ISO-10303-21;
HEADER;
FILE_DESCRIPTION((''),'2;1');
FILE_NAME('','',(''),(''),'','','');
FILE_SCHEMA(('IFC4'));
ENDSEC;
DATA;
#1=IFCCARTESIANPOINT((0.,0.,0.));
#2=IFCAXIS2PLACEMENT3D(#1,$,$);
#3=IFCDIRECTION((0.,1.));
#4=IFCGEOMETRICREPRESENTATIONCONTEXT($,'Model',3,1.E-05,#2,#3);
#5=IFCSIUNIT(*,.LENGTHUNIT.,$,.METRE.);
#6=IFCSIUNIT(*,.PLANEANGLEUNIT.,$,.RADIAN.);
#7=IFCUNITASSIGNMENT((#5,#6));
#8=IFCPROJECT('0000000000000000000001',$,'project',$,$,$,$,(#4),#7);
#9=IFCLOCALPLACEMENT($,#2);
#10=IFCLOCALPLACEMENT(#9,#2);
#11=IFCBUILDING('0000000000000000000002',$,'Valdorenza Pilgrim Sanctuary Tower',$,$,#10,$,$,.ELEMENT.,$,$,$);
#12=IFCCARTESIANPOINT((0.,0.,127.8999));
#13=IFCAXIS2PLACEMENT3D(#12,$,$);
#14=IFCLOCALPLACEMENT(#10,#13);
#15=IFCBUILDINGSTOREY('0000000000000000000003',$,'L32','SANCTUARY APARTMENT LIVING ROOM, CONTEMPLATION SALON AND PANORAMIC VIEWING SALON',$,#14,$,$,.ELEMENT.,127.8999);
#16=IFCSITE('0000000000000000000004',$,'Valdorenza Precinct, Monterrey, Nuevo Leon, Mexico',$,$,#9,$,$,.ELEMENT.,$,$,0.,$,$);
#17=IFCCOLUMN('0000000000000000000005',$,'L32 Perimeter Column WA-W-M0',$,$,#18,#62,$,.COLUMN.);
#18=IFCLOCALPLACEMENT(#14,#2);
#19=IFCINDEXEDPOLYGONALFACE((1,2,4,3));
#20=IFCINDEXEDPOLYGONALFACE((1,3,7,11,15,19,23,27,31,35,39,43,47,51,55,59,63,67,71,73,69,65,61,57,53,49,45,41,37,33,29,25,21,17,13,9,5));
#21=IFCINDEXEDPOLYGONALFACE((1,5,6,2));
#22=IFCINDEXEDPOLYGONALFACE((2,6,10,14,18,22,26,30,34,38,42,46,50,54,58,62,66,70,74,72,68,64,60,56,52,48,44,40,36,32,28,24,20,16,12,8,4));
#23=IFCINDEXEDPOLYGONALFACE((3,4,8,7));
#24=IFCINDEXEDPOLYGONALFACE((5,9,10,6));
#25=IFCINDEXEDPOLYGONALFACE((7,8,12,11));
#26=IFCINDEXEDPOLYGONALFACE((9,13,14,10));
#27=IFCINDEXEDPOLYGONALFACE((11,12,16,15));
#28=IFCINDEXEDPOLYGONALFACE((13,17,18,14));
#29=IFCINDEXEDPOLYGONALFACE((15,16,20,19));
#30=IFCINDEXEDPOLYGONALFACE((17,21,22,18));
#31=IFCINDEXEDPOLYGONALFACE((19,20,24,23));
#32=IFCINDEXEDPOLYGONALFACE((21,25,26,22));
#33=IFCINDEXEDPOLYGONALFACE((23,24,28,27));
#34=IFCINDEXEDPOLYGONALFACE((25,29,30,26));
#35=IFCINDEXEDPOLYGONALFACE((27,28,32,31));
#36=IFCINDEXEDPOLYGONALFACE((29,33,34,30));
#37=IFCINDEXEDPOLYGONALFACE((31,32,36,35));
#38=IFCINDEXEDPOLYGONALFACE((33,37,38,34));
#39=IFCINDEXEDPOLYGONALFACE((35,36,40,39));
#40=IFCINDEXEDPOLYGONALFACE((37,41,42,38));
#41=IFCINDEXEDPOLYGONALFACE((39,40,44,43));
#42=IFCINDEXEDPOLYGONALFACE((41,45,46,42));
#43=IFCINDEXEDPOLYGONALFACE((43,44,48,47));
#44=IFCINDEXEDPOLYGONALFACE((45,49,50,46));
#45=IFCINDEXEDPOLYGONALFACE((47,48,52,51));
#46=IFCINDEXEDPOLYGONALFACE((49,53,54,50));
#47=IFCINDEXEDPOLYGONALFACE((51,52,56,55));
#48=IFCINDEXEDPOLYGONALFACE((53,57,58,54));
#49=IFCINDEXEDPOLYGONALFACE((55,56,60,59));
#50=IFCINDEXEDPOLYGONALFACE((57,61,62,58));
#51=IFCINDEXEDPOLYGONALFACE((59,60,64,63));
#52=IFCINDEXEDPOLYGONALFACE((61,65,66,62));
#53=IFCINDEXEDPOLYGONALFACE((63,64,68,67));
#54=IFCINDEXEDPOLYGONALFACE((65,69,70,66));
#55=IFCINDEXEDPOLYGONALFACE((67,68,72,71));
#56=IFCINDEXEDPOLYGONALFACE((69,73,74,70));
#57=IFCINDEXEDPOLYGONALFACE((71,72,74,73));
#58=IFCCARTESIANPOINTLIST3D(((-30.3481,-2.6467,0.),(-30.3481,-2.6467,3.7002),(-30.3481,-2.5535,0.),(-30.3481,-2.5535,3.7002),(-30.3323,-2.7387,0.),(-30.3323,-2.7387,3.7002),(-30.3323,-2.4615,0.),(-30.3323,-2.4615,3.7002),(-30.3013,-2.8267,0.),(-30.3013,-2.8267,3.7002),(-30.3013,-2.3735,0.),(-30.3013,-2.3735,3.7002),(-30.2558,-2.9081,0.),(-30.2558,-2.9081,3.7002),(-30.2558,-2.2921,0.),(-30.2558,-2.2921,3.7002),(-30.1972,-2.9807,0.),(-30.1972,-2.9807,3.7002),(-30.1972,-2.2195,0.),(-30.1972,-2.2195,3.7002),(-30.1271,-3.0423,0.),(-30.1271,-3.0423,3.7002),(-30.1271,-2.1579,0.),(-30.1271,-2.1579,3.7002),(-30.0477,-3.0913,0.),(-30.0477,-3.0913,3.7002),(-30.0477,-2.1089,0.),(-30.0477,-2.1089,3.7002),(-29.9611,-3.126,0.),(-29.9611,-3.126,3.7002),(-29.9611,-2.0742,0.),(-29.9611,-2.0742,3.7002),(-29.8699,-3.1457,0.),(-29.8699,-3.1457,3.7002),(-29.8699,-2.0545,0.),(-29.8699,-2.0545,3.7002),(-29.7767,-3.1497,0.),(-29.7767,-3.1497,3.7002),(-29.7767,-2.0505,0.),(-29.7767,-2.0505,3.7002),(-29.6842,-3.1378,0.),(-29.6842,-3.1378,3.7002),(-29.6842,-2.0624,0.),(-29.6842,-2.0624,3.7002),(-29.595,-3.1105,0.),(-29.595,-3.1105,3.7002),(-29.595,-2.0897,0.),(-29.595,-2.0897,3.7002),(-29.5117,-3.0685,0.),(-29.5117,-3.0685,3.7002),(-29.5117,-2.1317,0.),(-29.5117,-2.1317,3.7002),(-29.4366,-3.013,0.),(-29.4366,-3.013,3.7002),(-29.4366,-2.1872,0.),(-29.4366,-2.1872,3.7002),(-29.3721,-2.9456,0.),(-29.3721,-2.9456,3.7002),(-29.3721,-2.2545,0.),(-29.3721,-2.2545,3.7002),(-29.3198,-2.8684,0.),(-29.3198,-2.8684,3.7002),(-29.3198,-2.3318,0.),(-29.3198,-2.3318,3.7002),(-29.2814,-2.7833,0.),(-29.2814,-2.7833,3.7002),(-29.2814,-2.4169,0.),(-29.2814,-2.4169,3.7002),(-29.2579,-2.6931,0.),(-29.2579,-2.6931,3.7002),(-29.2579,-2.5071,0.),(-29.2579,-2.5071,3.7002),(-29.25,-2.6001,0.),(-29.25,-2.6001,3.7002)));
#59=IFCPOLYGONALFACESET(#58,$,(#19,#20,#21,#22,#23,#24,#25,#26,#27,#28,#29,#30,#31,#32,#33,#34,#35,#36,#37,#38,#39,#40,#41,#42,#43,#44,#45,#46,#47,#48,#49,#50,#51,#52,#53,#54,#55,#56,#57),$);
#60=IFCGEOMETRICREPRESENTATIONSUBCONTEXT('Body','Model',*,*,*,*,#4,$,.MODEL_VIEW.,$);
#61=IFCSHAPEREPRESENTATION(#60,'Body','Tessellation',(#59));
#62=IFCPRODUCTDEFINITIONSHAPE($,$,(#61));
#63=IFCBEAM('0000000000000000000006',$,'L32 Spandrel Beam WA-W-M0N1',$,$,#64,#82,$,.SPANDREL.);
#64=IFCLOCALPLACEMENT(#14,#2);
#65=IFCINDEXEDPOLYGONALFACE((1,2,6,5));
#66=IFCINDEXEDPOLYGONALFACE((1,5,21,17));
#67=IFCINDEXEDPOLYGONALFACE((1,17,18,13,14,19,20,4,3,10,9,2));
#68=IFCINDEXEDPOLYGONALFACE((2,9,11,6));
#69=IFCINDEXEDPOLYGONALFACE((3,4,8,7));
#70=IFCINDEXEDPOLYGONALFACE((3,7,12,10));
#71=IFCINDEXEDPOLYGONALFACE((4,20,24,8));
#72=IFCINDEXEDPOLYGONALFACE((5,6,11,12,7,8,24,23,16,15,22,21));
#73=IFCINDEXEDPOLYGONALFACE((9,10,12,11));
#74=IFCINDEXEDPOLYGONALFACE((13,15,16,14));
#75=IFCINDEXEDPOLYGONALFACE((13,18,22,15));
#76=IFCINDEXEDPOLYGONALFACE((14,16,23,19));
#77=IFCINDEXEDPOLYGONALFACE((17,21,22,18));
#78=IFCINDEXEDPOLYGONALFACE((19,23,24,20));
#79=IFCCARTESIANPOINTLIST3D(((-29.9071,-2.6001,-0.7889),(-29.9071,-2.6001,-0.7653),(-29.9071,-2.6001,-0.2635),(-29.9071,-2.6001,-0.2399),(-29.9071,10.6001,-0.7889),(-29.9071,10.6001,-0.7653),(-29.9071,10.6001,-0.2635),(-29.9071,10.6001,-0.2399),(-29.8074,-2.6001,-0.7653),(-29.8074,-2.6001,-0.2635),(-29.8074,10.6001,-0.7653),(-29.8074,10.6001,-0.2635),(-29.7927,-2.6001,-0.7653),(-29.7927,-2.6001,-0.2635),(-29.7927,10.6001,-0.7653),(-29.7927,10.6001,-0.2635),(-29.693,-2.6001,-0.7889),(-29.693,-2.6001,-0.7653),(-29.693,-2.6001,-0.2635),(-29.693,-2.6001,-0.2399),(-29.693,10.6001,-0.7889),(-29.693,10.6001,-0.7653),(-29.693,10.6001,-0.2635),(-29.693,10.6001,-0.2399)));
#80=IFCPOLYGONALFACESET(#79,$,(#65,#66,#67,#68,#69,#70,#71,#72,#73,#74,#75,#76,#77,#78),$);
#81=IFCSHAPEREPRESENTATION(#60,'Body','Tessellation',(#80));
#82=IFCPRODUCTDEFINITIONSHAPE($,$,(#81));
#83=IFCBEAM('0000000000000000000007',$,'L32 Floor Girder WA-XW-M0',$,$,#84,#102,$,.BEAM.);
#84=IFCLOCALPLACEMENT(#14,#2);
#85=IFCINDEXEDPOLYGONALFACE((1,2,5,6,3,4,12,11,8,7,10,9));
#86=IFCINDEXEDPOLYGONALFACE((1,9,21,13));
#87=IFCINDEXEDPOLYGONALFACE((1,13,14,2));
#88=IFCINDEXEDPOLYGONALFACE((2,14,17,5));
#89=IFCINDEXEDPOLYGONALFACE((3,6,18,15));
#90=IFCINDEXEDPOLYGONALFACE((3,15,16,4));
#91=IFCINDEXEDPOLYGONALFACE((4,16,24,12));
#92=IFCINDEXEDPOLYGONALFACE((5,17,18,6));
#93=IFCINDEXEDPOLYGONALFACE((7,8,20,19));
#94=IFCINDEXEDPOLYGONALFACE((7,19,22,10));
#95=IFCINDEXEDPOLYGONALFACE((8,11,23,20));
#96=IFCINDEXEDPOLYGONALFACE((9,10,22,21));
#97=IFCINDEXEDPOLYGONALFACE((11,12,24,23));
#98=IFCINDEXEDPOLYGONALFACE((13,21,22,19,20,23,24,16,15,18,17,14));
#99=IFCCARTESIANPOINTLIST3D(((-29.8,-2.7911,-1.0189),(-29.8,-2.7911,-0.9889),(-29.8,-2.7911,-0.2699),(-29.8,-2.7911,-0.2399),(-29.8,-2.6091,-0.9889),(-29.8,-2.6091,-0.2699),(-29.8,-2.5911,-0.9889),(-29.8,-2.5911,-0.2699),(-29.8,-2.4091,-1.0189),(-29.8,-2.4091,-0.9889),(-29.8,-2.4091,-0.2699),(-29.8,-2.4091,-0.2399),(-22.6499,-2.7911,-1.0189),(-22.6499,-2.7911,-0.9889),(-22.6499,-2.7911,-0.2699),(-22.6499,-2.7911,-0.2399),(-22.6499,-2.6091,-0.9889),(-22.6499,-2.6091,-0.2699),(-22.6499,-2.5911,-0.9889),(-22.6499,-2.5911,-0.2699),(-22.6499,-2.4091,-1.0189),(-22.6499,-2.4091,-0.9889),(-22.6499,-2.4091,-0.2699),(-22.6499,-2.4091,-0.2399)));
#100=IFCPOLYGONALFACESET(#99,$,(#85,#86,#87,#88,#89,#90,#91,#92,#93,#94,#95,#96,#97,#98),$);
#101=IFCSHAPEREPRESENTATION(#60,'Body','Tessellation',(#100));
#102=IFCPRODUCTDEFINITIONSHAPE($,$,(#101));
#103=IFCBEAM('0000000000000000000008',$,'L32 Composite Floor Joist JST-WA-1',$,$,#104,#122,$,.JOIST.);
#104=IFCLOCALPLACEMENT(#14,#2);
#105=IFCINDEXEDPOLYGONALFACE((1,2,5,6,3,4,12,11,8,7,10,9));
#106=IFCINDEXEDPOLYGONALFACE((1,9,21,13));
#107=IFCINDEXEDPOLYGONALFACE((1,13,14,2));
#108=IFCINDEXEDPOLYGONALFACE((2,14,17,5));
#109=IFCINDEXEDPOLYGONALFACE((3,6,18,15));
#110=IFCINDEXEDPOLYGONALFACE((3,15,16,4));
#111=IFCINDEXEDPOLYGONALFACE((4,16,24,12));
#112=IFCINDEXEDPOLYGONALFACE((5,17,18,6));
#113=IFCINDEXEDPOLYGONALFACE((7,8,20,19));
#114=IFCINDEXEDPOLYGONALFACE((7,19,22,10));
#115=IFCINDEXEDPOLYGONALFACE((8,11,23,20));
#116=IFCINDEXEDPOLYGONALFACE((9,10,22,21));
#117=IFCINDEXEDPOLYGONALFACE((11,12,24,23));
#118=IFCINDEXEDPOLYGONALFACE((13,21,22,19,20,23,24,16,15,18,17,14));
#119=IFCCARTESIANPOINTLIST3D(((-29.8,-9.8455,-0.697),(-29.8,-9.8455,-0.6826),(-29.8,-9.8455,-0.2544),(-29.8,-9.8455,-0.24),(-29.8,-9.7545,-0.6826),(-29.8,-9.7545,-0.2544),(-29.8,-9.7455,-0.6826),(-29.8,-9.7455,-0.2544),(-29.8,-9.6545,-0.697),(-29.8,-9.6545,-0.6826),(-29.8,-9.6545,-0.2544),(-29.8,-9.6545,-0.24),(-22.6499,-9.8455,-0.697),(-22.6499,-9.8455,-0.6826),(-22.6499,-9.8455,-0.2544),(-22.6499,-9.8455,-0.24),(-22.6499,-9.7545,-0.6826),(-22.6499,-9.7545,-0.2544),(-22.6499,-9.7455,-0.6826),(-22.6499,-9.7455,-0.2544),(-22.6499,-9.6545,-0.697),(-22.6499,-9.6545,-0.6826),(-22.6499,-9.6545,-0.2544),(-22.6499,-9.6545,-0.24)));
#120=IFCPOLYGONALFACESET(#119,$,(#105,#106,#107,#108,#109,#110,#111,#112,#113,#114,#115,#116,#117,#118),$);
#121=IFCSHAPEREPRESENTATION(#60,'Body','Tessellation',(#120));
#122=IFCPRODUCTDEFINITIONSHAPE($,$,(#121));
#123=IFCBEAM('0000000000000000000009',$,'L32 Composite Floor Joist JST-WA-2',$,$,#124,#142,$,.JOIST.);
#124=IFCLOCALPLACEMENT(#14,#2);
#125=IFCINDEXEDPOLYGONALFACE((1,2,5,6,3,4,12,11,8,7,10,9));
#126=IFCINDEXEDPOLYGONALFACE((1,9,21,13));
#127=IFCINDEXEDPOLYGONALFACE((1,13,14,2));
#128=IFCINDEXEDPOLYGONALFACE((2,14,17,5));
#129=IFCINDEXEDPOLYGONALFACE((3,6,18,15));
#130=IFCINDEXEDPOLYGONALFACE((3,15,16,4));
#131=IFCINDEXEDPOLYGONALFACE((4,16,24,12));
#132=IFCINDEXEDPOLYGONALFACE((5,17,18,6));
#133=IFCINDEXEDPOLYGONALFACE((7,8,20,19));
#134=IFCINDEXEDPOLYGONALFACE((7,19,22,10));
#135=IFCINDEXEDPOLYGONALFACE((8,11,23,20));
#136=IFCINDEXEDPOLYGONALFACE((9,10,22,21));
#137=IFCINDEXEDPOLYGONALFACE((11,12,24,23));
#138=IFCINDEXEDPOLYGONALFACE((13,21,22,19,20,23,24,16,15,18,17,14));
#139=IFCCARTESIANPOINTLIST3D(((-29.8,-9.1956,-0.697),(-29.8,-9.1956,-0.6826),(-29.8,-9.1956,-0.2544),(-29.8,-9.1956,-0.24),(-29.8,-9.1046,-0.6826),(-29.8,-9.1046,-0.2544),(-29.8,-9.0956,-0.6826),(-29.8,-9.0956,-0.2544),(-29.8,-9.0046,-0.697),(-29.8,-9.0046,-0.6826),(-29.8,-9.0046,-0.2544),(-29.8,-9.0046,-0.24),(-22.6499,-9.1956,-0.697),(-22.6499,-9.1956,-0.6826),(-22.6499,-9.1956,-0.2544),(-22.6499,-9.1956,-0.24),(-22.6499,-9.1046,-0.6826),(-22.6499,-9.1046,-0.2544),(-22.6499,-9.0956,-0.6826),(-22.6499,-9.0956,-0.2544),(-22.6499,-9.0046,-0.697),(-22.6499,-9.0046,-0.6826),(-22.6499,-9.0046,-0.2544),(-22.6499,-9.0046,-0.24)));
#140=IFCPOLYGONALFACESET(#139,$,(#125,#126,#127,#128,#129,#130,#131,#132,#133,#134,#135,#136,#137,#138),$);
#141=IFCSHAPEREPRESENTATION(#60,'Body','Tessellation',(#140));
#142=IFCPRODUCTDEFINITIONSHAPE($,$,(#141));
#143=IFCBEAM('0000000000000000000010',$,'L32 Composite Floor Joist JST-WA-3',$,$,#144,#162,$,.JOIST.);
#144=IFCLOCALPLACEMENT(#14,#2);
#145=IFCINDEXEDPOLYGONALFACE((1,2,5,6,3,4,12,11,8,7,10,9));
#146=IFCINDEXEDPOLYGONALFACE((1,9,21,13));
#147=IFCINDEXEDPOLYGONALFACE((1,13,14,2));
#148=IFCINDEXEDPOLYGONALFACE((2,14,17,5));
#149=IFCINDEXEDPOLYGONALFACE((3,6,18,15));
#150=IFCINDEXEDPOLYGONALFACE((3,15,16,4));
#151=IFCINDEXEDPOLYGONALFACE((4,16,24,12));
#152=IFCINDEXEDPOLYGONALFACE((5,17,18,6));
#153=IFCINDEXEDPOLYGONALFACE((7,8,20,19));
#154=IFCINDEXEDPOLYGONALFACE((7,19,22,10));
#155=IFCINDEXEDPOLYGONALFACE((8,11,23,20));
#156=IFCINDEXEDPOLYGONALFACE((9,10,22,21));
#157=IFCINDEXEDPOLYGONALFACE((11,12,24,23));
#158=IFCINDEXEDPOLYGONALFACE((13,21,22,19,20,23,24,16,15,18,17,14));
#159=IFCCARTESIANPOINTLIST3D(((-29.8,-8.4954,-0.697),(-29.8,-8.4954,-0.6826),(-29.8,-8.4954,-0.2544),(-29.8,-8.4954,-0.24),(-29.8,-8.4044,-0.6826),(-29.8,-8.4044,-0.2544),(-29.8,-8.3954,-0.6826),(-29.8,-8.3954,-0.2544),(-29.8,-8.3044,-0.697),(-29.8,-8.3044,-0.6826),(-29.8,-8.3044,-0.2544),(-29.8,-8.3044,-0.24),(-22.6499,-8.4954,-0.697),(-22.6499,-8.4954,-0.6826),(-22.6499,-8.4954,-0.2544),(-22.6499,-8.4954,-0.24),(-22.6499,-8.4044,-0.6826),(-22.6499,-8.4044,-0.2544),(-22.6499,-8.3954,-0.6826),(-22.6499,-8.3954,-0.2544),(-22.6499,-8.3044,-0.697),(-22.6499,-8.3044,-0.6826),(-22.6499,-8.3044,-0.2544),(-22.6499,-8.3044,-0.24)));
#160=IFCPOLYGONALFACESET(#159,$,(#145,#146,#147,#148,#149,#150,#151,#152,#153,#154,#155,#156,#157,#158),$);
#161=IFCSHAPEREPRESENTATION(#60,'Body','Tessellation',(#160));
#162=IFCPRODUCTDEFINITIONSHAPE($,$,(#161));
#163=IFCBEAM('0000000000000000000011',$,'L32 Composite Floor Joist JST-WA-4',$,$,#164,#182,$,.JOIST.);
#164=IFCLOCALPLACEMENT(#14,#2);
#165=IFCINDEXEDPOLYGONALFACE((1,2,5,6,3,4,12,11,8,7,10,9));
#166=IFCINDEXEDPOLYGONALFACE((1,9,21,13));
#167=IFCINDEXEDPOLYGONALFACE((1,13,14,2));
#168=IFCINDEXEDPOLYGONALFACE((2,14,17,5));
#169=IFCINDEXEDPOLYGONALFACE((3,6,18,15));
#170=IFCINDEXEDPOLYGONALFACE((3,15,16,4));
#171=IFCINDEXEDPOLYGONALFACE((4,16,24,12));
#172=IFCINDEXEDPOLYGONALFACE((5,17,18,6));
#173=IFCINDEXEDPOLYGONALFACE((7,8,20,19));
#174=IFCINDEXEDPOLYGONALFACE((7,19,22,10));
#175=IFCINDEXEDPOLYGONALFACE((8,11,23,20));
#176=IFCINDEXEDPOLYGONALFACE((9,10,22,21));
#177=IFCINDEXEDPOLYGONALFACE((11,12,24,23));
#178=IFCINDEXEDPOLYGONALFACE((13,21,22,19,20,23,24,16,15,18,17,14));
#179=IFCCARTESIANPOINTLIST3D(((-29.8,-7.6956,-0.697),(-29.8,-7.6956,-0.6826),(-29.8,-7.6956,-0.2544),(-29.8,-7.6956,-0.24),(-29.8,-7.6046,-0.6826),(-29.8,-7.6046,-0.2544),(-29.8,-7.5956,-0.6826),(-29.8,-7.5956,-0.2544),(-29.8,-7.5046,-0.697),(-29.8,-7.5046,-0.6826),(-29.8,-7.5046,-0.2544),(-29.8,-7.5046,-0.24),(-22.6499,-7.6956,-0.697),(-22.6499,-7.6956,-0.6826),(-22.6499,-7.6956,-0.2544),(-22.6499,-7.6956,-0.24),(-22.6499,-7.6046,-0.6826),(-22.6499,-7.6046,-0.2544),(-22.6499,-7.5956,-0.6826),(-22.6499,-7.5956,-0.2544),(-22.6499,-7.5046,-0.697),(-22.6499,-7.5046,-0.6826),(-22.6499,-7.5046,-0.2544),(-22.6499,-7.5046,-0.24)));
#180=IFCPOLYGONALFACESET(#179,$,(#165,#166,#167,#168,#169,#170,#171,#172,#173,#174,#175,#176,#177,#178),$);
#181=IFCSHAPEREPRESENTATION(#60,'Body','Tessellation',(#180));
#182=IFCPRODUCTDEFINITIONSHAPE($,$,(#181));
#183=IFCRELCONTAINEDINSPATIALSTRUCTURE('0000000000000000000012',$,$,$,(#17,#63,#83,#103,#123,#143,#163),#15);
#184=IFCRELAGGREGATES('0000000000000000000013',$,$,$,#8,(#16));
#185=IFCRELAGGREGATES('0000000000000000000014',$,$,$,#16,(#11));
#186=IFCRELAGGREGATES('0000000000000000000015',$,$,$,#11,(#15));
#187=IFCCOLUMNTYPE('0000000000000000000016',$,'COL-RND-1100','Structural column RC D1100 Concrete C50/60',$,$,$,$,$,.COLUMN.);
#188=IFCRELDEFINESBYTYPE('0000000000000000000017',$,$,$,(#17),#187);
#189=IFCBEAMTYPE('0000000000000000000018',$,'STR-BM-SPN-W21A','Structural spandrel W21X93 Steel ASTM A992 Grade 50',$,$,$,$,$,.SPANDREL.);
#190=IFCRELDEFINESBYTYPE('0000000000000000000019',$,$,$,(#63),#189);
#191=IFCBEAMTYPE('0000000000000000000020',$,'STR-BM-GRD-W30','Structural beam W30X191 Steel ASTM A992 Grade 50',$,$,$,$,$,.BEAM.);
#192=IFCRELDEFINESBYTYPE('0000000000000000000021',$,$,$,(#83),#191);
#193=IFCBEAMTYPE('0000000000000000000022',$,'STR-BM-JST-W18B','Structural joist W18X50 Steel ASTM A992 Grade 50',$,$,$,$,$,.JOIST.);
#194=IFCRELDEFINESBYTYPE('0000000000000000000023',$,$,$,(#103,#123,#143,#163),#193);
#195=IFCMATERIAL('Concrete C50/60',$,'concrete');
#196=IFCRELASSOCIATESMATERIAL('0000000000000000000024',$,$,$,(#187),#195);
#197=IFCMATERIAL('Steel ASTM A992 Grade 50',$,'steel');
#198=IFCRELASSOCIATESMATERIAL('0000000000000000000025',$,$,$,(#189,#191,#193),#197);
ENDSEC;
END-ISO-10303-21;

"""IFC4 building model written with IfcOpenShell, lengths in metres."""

from ifc_helpers import new_model, si_unit, direction, frame, origin, origin_2d, place, context, subcontext, project, spatial, circle, i_section, extrude, source, transform, mapped, material, material_profile, profile_set, type_object, element, save


model = new_model("IFC4")

# Units and contexts
model_context = context("Model", 3, precision=1e-05, world=origin(), true_north=direction((0.0, 1.0)))
body_context = subcontext(model_context, "Body", "Model", "MODEL_VIEW")
ifc_project = project(units=[si_unit("LENGTHUNIT", "METRE"), si_unit("PLANEANGLEUNIT", "RADIAN")], contexts=[model_context])

# Site, building, storey
site_placement = place(None, origin())
site = spatial("IfcSite", under=ifc_project, at=site_placement, Name="Valdorenza Precinct, Monterrey, Nuevo Leon, Mexico", CompositionType="ELEMENT", RefElevation=0.0)
building_placement = place(site_placement, origin())
building = spatial("IfcBuilding", under=site, at=building_placement, Name="Valdorenza Pilgrim Sanctuary Tower", CompositionType="ELEMENT")
storey_placement = place(building_placement, frame((0.0, 0.0, 127.8999)))
storey = spatial("IfcBuildingStorey", under=building, at=storey_placement, Name="L32", Description="SANCTUARY APARTMENT LIVING ROOM, CONTEMPLATION SALON AND PANORAMIC VIEWING SALON", CompositionType="ELEMENT", Elevation=127.8999)

# Column
ifc_material_1 = material(Name="Concrete C50/60", Category="concrete")
ifc_material_profile_1 = material_profile(ifc_material_1, circle(Radius=0.55, at=origin_2d()), Name="RC D1100")
ifc_profile_set_1 = profile_set([ifc_material_profile_1], Name="Concrete C50/60")
column_type = type_object("IfcColumnType", Name="COL-RND-1100", Description="Structural column RC D1100 Concrete C50/60", PredefinedType="COLUMN", material=ifc_profile_set_1)
shared_shape_1 = source(origin(), body_context, "Body", "SweptSolid", [
    extrude(circle(Radius=0.55, at=origin_2d()), origin(), (0.0, 0.0, 1.0), 3.7002),
])
column_placement = place(storey_placement, frame((-29.8, -2.6001, 0.0), z_axis=(0.0, 0.0, 1.0), x_axis=(1.0, 0.0, 0.0)))
element("IfcColumn", 1, at=column_placement, inside=storey, type_object=column_type, Name="L32 Perimeter Column WA-W-M0", PredefinedType="COLUMN", context=body_context, shape_type="MappedRepresentation", body=[
    mapped(shared_shape_1, transform((0.0, 0.0, 0.0), x_axis=(1.0, 0.0, 0.0), y_axis=(0.0, 1.0, 0.0), z_axis=(0.0, 0.0, 1.0), scale=1.0)),
])

# Beams
ifc_material_2 = material(Name="Steel ASTM A992 Grade 50", Category="steel")
ifc_material_profile_2 = material_profile(ifc_material_2, i_section(OverallWidth=0.2141, OverallDepth=0.5491, WebThickness=0.0146, FlangeThickness=0.0237, at=origin_2d()), Name="W21X93")
ifc_profile_set_2 = profile_set([ifc_material_profile_2], Name="Steel ASTM A992 Grade 50")
beam_type_1 = type_object("IfcBeamType", Name="STR-BM-SPN-W21A", Description="Structural spandrel W21X93 Steel ASTM A992 Grade 50", PredefinedType="SPANDREL", material=ifc_profile_set_2)
shared_shape_2 = source(origin(), body_context, "Body", "SweptSolid", [
    extrude(i_section(OverallWidth=0.2141, OverallDepth=0.5491, WebThickness=0.0146, FlangeThickness=0.0237, at=origin_2d()), origin(), (0.0, 0.0, 1.0), 13.2002),
])
beam_1_placement = place(storey_placement, frame((-29.8, -2.6001, -0.5144), z_axis=(0.0, 1.0, 0.0), x_axis=(-1.0, 0.0, 0.0)))
element("IfcBeam", 2, at=beam_1_placement, inside=storey, type_object=beam_type_1, Name="L32 Spandrel Beam WA-W-M0N1", PredefinedType="SPANDREL", context=body_context, shape_type="MappedRepresentation", body=[
    mapped(shared_shape_2, transform((0.0, 0.0, 0.0), x_axis=(1.0, 0.0, 0.0), y_axis=(0.0, 1.0, 0.0), z_axis=(0.0, 0.0, 1.0), scale=1.0)),
])
ifc_material_profile_3 = material_profile(ifc_material_2, i_section(OverallWidth=0.3821, OverallDepth=0.7791, WebThickness=0.0181, FlangeThickness=0.03, at=origin_2d()), Name="W30X191")
ifc_profile_set_3 = profile_set([ifc_material_profile_3], Name="Steel ASTM A992 Grade 50")
beam_type_2 = type_object("IfcBeamType", Name="STR-BM-GRD-W30", Description="Structural beam W30X191 Steel ASTM A992 Grade 50", PredefinedType="BEAM", material=ifc_profile_set_3)
shared_shape_3 = source(origin(), body_context, "Body", "SweptSolid", [
    extrude(i_section(OverallWidth=0.3821, OverallDepth=0.7791, WebThickness=0.0181, FlangeThickness=0.03, at=origin_2d()), origin(), (0.0, 0.0, 1.0), 7.1501),
])
beam_2_placement = place(storey_placement, frame((-29.8, -2.6001, -0.6294), z_axis=(1.0, 0.0, 0.0), x_axis=(0.0, 1.0, 0.0)))
element("IfcBeam", 3, at=beam_2_placement, inside=storey, type_object=beam_type_2, Name="L32 Floor Girder WA-XW-M0", PredefinedType="BEAM", context=body_context, shape_type="MappedRepresentation", body=[
    mapped(shared_shape_3, transform((0.0, 0.0, 0.0), x_axis=(1.0, 0.0, 0.0), y_axis=(0.0, 1.0, 0.0), z_axis=(0.0, 0.0, 1.0), scale=1.0)),
])
ifc_material_profile_4 = material_profile(ifc_material_2, i_section(OverallWidth=0.1909, OverallDepth=0.457, WebThickness=0.009, FlangeThickness=0.0144, at=origin_2d()), Name="W18X50")
ifc_profile_set_4 = profile_set([ifc_material_profile_4], Name="Steel ASTM A992 Grade 50")
beam_type_3 = type_object("IfcBeamType", Name="STR-BM-JST-W18B", Description="Structural joist W18X50 Steel ASTM A992 Grade 50", PredefinedType="JOIST", material=ifc_profile_set_4)
shared_shape_4 = source(origin(), body_context, "Body", "SweptSolid", [
    extrude(i_section(OverallWidth=0.1909, OverallDepth=0.457, WebThickness=0.009, FlangeThickness=0.0144, at=origin_2d()), origin(), (0.0, 0.0, 1.0), 7.1501),
])
for number, where, z_axis, x_axis, name in (
    (4, (-29.8, -9.75, -0.4685), (1.0, 0.0, 0.0), (0.0, 1.0, 0.0), "L32 Composite Floor Joist JST-WA-1"),
    (5, (-29.8, -9.1001, -0.4685), (1.0, 0.0, 0.0), (0.0, 1.0, 0.0), "L32 Composite Floor Joist JST-WA-2"),
    (6, (-29.8, -8.3999, -0.4685), (1.0, 0.0, 0.0), (0.0, 1.0, 0.0), "L32 Composite Floor Joist JST-WA-3"),
    (7, (-29.8, -7.6001, -0.4685), (1.0, 0.0, 0.0), (0.0, 1.0, 0.0), "L32 Composite Floor Joist JST-WA-4"),
):
    element("IfcBeam", number, at=place(storey_placement, frame(where, z_axis=z_axis, x_axis=x_axis)), inside=storey, type_object=beam_type_3, Name=name, PredefinedType="JOIST", context=body_context, shape_type="MappedRepresentation", body=[
        mapped(shared_shape_4, transform((0.0, 0.0, 0.0), x_axis=(1.0, 0.0, 0.0), y_axis=(0.0, 1.0, 0.0), z_axis=(0.0, 0.0, 1.0), scale=1.0)),
    ])

save(model, "model.ifc")
